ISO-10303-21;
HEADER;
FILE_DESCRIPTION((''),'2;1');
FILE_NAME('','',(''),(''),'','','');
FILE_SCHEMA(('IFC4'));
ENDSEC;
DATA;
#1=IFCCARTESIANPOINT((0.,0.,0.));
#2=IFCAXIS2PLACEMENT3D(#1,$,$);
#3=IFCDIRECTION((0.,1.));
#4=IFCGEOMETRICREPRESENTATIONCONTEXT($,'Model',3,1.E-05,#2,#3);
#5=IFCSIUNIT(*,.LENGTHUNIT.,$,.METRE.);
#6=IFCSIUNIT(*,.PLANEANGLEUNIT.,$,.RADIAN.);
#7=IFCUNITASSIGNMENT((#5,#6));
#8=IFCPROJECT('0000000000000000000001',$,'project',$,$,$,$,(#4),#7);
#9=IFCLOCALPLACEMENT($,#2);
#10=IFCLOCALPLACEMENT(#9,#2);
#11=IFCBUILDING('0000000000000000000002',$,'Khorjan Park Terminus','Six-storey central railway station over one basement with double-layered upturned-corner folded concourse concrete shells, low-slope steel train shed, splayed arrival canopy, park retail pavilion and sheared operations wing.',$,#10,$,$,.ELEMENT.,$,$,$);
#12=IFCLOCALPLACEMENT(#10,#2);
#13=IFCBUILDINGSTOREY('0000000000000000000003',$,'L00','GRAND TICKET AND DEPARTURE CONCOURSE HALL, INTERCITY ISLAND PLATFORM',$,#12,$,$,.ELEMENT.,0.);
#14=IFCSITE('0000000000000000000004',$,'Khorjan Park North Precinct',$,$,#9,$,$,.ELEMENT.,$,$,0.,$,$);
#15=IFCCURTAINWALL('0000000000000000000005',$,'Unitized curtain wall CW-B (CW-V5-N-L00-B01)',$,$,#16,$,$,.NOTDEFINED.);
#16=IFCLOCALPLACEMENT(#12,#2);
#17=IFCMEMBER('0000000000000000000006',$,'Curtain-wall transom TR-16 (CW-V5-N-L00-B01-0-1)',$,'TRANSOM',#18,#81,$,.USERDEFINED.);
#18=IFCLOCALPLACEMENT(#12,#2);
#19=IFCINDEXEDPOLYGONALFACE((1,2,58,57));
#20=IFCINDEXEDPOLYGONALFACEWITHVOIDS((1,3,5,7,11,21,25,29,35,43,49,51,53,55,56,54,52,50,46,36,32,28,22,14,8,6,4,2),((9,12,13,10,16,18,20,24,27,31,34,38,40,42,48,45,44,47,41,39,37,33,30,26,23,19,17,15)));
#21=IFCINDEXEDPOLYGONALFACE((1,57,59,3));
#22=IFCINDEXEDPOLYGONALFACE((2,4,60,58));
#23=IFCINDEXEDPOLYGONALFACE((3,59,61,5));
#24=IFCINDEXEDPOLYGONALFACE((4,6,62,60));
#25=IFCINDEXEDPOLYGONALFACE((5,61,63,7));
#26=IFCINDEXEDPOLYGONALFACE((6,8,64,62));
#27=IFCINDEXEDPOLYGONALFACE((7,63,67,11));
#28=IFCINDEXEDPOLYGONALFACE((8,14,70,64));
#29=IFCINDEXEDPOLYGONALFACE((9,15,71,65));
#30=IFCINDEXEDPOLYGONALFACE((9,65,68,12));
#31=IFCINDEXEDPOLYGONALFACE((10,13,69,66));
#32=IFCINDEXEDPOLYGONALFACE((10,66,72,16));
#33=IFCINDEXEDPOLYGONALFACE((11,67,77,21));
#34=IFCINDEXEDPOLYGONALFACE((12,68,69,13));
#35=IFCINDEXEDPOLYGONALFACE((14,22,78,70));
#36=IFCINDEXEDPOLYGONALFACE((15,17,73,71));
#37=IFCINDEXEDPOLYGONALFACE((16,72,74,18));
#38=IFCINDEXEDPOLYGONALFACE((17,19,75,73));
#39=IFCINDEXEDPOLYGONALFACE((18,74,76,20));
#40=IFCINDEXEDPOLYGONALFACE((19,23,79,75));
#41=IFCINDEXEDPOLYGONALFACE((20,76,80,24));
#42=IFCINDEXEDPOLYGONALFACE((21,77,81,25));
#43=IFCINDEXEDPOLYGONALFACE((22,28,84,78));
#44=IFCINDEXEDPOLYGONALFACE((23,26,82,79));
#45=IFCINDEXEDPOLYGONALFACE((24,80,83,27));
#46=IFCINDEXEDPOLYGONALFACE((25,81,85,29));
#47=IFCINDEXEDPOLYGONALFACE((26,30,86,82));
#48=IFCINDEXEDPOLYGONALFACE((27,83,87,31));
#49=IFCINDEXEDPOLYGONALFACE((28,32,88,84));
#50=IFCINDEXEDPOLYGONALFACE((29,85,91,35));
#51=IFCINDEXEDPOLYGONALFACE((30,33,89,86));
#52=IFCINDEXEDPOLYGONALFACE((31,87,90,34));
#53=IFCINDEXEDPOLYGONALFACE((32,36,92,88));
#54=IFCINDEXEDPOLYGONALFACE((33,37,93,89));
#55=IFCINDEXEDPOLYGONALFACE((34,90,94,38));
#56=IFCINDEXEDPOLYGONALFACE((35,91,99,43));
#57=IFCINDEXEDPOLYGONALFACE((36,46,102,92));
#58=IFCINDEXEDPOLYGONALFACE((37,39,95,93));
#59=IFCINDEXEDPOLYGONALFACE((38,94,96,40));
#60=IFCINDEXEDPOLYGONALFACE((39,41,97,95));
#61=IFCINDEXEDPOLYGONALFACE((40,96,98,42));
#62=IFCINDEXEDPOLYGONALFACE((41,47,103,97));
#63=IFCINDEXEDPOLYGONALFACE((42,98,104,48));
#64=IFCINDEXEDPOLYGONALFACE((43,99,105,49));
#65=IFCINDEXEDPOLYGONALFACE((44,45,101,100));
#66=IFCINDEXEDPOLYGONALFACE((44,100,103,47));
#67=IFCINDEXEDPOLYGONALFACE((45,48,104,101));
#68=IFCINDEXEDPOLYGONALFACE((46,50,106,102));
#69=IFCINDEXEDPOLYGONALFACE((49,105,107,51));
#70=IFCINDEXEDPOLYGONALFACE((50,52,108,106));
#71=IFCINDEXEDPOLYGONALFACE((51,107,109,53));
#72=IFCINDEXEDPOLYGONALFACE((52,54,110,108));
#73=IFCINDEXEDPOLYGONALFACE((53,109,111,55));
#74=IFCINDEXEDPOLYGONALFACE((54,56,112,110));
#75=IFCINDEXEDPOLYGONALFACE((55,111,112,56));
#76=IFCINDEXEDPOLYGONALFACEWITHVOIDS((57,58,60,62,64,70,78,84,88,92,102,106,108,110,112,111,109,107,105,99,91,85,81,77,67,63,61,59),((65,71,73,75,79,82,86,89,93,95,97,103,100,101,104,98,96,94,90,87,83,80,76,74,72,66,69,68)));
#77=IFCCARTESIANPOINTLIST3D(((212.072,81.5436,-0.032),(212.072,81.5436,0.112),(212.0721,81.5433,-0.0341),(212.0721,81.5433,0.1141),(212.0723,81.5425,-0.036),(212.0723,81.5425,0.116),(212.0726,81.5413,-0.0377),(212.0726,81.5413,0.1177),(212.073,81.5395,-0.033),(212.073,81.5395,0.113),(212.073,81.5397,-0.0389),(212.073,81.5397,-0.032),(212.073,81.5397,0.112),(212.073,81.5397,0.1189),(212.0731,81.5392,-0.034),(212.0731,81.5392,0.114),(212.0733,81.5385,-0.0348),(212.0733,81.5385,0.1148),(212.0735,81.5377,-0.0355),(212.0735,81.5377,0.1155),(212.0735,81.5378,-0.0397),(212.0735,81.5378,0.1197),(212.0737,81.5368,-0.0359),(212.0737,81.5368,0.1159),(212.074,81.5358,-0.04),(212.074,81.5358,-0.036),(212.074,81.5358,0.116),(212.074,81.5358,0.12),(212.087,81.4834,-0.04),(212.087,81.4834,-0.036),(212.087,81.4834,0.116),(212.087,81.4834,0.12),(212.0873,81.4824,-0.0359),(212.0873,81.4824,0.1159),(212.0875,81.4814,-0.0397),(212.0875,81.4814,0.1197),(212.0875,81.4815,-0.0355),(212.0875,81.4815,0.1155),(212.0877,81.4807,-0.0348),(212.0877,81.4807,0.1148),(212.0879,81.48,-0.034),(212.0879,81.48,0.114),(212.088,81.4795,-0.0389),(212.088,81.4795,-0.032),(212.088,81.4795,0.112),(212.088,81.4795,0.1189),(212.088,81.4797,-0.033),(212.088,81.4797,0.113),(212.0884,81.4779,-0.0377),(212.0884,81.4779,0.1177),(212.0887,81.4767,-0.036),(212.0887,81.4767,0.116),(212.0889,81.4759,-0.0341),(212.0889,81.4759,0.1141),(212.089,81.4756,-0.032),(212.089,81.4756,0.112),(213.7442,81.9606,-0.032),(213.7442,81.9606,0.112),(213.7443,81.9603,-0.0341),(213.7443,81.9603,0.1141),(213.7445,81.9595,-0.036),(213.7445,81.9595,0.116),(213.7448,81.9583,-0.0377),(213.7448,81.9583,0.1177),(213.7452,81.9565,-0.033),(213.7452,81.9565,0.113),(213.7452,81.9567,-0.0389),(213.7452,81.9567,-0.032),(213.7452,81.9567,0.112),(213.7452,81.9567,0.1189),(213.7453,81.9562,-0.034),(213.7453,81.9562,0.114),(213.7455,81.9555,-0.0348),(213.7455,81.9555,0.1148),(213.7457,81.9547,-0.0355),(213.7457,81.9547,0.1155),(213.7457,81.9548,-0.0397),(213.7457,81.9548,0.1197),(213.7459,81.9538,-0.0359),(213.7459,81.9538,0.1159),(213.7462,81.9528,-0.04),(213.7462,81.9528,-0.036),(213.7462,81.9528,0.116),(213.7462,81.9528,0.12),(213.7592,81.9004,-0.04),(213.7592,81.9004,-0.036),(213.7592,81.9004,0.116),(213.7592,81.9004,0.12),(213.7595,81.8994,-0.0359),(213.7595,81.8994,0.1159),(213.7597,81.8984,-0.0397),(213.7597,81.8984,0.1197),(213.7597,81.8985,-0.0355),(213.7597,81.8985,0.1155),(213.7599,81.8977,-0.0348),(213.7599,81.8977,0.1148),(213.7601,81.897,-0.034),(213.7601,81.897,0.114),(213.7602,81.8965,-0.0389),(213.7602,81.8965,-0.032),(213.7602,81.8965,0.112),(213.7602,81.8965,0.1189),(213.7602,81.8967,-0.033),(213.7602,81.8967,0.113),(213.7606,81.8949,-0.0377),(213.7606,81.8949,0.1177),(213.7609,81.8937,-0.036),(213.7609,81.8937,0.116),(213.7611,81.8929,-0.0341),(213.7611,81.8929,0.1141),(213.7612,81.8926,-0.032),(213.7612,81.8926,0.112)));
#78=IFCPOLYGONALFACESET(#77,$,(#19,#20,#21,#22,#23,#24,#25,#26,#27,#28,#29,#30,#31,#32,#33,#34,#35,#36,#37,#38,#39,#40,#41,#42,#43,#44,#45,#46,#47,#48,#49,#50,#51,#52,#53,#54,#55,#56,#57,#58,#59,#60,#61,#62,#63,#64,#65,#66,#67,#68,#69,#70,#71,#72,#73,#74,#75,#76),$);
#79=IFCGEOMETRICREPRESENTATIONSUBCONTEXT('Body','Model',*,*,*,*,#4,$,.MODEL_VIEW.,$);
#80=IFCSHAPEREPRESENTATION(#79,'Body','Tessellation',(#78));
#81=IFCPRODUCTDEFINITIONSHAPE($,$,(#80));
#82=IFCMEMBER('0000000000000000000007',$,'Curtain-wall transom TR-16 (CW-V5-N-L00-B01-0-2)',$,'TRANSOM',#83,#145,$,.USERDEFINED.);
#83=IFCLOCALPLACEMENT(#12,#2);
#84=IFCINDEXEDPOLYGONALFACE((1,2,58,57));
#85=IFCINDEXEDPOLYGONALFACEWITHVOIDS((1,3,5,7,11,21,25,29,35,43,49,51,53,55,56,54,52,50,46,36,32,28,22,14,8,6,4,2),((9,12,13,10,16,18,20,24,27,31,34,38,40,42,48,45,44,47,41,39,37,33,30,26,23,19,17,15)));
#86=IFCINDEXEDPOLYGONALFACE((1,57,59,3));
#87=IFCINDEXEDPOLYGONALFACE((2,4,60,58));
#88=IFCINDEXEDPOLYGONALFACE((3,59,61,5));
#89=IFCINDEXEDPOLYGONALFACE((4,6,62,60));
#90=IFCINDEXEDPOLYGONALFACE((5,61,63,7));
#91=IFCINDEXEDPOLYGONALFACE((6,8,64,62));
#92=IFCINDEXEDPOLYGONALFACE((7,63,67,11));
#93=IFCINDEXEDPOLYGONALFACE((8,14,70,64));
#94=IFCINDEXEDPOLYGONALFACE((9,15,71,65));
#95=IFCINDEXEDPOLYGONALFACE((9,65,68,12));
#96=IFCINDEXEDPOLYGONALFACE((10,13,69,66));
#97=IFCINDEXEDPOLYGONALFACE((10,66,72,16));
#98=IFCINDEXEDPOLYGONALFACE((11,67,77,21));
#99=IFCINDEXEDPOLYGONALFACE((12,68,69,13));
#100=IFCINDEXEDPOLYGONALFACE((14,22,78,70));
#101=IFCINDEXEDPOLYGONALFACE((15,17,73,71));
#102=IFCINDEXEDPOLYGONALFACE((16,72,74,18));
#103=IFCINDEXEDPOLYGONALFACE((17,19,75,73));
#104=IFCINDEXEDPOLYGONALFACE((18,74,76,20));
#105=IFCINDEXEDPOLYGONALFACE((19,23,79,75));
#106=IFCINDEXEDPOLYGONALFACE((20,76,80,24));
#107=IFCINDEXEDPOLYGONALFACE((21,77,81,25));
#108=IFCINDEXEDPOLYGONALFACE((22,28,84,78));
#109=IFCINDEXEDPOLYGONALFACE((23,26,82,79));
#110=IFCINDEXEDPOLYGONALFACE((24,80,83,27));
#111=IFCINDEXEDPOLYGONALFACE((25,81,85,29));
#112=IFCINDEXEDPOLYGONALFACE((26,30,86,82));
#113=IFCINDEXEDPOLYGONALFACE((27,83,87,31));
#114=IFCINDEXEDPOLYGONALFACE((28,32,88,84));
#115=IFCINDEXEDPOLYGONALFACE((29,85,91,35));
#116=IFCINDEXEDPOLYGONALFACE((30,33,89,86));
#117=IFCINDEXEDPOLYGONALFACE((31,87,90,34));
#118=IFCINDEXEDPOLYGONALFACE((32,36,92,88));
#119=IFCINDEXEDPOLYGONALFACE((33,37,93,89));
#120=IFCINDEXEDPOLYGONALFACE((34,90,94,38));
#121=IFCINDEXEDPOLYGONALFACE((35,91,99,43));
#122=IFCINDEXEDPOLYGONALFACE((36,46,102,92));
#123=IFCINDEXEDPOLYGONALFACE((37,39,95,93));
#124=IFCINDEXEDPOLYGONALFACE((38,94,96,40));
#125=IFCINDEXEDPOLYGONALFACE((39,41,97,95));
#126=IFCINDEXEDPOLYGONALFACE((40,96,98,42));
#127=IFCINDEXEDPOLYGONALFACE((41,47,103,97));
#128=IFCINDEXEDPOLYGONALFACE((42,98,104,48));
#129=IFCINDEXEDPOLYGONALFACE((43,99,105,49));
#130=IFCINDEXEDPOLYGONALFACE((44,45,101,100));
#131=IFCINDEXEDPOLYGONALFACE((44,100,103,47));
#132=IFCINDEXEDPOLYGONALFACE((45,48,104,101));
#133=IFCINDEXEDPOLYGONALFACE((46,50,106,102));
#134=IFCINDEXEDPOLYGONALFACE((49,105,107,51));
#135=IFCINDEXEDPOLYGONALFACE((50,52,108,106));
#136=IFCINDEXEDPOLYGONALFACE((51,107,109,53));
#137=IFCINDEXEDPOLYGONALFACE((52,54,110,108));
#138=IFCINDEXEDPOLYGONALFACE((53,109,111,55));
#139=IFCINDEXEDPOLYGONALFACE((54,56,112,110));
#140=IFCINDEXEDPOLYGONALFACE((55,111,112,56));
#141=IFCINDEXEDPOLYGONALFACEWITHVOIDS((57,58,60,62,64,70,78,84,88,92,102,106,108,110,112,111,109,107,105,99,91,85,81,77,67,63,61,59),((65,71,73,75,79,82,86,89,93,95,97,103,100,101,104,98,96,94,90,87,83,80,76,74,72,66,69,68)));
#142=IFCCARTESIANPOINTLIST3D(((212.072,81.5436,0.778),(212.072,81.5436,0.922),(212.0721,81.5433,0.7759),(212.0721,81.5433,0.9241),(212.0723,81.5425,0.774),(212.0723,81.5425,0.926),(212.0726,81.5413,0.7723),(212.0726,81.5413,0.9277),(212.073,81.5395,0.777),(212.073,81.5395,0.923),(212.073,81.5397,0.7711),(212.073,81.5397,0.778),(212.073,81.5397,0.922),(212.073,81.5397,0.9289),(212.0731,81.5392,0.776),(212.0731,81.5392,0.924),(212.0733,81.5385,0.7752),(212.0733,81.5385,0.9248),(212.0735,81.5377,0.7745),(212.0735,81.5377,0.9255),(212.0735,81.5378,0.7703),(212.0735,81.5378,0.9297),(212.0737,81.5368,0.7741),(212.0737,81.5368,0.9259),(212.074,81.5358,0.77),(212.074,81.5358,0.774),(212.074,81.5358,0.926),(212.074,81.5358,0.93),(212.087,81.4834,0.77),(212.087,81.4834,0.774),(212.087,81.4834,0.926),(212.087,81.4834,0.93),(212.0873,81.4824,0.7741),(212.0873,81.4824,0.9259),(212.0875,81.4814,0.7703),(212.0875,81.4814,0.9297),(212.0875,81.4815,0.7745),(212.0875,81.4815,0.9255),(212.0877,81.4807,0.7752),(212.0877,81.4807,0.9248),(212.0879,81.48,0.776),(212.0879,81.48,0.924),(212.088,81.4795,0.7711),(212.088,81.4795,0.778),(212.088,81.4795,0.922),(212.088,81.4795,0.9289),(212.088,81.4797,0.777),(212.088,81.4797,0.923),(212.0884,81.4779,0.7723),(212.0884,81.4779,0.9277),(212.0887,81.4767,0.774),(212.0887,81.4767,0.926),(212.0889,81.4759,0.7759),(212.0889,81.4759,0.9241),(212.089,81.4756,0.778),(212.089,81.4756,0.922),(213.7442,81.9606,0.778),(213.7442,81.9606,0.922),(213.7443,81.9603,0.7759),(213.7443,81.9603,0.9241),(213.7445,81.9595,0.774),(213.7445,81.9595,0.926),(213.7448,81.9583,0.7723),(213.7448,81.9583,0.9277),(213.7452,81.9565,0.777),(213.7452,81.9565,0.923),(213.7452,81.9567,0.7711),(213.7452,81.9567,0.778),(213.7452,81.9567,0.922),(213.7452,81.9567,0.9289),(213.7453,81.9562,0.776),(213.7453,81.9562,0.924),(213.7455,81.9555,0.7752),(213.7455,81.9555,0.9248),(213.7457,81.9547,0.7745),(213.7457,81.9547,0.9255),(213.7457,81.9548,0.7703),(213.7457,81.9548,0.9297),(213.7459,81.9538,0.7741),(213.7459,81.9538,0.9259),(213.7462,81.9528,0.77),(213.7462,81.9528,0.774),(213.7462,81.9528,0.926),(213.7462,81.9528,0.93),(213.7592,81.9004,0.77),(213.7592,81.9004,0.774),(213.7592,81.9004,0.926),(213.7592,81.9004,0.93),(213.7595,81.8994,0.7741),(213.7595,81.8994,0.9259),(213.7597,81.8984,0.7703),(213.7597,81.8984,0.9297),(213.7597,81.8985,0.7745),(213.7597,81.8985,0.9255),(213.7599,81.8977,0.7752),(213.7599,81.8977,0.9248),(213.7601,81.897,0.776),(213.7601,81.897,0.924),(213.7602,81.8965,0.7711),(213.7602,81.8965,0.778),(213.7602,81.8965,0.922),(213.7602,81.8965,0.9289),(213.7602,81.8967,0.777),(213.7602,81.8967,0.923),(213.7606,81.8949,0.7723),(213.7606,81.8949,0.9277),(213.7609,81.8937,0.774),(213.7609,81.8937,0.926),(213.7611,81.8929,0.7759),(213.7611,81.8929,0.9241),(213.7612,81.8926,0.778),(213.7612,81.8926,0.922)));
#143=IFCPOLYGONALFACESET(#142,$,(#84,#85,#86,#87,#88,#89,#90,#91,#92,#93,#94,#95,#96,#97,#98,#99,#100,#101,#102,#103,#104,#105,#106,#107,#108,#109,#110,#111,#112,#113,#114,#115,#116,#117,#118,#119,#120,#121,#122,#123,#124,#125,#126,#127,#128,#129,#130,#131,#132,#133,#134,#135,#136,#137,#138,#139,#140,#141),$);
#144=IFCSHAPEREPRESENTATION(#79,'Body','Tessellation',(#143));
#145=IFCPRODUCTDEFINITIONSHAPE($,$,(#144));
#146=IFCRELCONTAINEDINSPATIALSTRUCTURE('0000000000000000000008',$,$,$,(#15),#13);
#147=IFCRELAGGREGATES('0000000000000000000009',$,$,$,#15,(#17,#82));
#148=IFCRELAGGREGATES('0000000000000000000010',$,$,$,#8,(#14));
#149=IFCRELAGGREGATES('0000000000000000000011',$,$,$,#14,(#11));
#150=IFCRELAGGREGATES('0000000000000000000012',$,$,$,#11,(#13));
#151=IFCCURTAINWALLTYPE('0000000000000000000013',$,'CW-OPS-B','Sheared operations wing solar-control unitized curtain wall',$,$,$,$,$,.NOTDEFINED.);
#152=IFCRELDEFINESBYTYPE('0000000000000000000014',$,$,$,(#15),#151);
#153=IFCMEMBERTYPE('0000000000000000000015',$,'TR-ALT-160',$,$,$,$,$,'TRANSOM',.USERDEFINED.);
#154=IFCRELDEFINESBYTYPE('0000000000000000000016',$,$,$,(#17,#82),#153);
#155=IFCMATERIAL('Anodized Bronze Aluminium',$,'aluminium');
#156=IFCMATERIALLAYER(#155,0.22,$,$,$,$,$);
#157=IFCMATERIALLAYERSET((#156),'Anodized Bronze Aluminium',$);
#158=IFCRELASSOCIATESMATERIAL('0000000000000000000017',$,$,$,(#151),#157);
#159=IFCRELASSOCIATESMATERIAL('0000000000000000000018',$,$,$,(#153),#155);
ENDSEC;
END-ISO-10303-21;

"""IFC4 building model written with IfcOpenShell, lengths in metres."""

from ifc_helpers import new_model, si_unit, direction, frame, origin, origin_2d, place, context, subcontext, project, spatial, hollow_rectangle, extrude, material, layer, layer_set, material_profile, profile_set, type_object, element, aggregate, save


model = new_model("IFC4")

# Units and contexts
model_context = context("Model", 3, precision=1e-05, world=origin(), true_north=direction((0.0, 1.0)))
body_context = subcontext(model_context, "Body", "Model", "MODEL_VIEW")
ifc_project = project(units=[si_unit("LENGTHUNIT", "METRE"), si_unit("PLANEANGLEUNIT", "RADIAN")], contexts=[model_context])

# Site, building, storey
site_placement = place(None, origin())
site = spatial("IfcSite", under=ifc_project, at=site_placement, Name="Khorjan Park North Precinct", CompositionType="ELEMENT", RefElevation=0.0)
building_placement = place(site_placement, origin())
building = spatial("IfcBuilding", under=site, at=building_placement, Name="Khorjan Park Terminus", Description="Six-storey central railway station over one basement with double-layered upturned-corner folded concourse concrete shells, low-slope steel train shed, splayed arrival canopy, park retail pavilion and sheared operations wing.", CompositionType="ELEMENT")
storey_placement = place(building_placement, origin())
storey = spatial("IfcBuildingStorey", under=building, at=storey_placement, Name="L00", Description="GRAND TICKET AND DEPARTURE CONCOURSE HALL, INTERCITY ISLAND PLATFORM", CompositionType="ELEMENT", Elevation=0.0)

# Curtain wall, members
ifc_material_1 = material(Name="Anodized Bronze Aluminium", Category="aluminium")
ifc_layer_1 = layer(ifc_material_1, 0.22)
ifc_layer_set_1 = layer_set([ifc_layer_1], Name="Anodized Bronze Aluminium")
curtain_wall_type = type_object("IfcCurtainWallType", Name="CW-OPS-B", Description="Sheared operations wing solar-control unitized curtain wall", PredefinedType="NOTDEFINED", material=ifc_layer_set_1)
curtain_wall_placement = place(storey_placement, origin())
curtain_wall = element("IfcCurtainWall", 1, at=curtain_wall_placement, inside=storey, type_object=curtain_wall_type, Name="Unitized curtain wall CW-B (CW-V5-N-L00-B01)", PredefinedType="NOTDEFINED")
ifc_material_profile_1 = material_profile(ifc_material_1, hollow_rectangle(XDim=0.07, YDim=0.16, WallThickness=0.004, InnerFilletRadius=0.004, OuterFilletRadius=0.008, at=origin_2d()), Name="ALT 70x160x4")
ifc_profile_set_1 = profile_set([ifc_material_profile_1], Name="Anodized Bronze Aluminium")
member_type_1 = type_object("IfcMemberType", Name="TR-ALT-160", ElementType="TRANSOM", PredefinedType="USERDEFINED", material=ifc_profile_set_1)
member_1_placement = place(storey_placement, frame((213.7527, 81.9266, 0.04), z_axis=(-0.970286, -0.241962, 0.0), x_axis=(0.241962, -0.970286, 0.0)))
member_1 = element("IfcMember", 2, at=member_1_placement, type_object=member_type_1, Name="Curtain-wall transom TR-16 (CW-V5-N-L00-B01-0-1)", ObjectType="TRANSOM", PredefinedType="USERDEFINED", context=body_context, shape_type="SweptSolid", body=[
    extrude(hollow_rectangle(XDim=0.07, YDim=0.16, WallThickness=0.004, InnerFilletRadius=0.004, OuterFilletRadius=0.008, at=origin_2d()), origin(), (0.0, 0.0, 1.0), 1.7234),
])
member_2_placement = place(storey_placement, frame((213.7527, 81.9266, 0.85), z_axis=(-0.970286, -0.241962, 0.0), x_axis=(0.241962, -0.970286, 0.0)))
member_2 = element("IfcMember", 3, at=member_2_placement, type_object=member_type_1, Name="Curtain-wall transom TR-16 (CW-V5-N-L00-B01-0-2)", ObjectType="TRANSOM", PredefinedType="USERDEFINED", context=body_context, shape_type="SweptSolid", body=[
    extrude(hollow_rectangle(XDim=0.07, YDim=0.16, WallThickness=0.004, InnerFilletRadius=0.004, OuterFilletRadius=0.008, at=origin_2d()), origin(), (0.0, 0.0, 1.0), 1.7234),
])
aggregate(curtain_wall, [member_1, member_2])

save(model, "model.ifc")
